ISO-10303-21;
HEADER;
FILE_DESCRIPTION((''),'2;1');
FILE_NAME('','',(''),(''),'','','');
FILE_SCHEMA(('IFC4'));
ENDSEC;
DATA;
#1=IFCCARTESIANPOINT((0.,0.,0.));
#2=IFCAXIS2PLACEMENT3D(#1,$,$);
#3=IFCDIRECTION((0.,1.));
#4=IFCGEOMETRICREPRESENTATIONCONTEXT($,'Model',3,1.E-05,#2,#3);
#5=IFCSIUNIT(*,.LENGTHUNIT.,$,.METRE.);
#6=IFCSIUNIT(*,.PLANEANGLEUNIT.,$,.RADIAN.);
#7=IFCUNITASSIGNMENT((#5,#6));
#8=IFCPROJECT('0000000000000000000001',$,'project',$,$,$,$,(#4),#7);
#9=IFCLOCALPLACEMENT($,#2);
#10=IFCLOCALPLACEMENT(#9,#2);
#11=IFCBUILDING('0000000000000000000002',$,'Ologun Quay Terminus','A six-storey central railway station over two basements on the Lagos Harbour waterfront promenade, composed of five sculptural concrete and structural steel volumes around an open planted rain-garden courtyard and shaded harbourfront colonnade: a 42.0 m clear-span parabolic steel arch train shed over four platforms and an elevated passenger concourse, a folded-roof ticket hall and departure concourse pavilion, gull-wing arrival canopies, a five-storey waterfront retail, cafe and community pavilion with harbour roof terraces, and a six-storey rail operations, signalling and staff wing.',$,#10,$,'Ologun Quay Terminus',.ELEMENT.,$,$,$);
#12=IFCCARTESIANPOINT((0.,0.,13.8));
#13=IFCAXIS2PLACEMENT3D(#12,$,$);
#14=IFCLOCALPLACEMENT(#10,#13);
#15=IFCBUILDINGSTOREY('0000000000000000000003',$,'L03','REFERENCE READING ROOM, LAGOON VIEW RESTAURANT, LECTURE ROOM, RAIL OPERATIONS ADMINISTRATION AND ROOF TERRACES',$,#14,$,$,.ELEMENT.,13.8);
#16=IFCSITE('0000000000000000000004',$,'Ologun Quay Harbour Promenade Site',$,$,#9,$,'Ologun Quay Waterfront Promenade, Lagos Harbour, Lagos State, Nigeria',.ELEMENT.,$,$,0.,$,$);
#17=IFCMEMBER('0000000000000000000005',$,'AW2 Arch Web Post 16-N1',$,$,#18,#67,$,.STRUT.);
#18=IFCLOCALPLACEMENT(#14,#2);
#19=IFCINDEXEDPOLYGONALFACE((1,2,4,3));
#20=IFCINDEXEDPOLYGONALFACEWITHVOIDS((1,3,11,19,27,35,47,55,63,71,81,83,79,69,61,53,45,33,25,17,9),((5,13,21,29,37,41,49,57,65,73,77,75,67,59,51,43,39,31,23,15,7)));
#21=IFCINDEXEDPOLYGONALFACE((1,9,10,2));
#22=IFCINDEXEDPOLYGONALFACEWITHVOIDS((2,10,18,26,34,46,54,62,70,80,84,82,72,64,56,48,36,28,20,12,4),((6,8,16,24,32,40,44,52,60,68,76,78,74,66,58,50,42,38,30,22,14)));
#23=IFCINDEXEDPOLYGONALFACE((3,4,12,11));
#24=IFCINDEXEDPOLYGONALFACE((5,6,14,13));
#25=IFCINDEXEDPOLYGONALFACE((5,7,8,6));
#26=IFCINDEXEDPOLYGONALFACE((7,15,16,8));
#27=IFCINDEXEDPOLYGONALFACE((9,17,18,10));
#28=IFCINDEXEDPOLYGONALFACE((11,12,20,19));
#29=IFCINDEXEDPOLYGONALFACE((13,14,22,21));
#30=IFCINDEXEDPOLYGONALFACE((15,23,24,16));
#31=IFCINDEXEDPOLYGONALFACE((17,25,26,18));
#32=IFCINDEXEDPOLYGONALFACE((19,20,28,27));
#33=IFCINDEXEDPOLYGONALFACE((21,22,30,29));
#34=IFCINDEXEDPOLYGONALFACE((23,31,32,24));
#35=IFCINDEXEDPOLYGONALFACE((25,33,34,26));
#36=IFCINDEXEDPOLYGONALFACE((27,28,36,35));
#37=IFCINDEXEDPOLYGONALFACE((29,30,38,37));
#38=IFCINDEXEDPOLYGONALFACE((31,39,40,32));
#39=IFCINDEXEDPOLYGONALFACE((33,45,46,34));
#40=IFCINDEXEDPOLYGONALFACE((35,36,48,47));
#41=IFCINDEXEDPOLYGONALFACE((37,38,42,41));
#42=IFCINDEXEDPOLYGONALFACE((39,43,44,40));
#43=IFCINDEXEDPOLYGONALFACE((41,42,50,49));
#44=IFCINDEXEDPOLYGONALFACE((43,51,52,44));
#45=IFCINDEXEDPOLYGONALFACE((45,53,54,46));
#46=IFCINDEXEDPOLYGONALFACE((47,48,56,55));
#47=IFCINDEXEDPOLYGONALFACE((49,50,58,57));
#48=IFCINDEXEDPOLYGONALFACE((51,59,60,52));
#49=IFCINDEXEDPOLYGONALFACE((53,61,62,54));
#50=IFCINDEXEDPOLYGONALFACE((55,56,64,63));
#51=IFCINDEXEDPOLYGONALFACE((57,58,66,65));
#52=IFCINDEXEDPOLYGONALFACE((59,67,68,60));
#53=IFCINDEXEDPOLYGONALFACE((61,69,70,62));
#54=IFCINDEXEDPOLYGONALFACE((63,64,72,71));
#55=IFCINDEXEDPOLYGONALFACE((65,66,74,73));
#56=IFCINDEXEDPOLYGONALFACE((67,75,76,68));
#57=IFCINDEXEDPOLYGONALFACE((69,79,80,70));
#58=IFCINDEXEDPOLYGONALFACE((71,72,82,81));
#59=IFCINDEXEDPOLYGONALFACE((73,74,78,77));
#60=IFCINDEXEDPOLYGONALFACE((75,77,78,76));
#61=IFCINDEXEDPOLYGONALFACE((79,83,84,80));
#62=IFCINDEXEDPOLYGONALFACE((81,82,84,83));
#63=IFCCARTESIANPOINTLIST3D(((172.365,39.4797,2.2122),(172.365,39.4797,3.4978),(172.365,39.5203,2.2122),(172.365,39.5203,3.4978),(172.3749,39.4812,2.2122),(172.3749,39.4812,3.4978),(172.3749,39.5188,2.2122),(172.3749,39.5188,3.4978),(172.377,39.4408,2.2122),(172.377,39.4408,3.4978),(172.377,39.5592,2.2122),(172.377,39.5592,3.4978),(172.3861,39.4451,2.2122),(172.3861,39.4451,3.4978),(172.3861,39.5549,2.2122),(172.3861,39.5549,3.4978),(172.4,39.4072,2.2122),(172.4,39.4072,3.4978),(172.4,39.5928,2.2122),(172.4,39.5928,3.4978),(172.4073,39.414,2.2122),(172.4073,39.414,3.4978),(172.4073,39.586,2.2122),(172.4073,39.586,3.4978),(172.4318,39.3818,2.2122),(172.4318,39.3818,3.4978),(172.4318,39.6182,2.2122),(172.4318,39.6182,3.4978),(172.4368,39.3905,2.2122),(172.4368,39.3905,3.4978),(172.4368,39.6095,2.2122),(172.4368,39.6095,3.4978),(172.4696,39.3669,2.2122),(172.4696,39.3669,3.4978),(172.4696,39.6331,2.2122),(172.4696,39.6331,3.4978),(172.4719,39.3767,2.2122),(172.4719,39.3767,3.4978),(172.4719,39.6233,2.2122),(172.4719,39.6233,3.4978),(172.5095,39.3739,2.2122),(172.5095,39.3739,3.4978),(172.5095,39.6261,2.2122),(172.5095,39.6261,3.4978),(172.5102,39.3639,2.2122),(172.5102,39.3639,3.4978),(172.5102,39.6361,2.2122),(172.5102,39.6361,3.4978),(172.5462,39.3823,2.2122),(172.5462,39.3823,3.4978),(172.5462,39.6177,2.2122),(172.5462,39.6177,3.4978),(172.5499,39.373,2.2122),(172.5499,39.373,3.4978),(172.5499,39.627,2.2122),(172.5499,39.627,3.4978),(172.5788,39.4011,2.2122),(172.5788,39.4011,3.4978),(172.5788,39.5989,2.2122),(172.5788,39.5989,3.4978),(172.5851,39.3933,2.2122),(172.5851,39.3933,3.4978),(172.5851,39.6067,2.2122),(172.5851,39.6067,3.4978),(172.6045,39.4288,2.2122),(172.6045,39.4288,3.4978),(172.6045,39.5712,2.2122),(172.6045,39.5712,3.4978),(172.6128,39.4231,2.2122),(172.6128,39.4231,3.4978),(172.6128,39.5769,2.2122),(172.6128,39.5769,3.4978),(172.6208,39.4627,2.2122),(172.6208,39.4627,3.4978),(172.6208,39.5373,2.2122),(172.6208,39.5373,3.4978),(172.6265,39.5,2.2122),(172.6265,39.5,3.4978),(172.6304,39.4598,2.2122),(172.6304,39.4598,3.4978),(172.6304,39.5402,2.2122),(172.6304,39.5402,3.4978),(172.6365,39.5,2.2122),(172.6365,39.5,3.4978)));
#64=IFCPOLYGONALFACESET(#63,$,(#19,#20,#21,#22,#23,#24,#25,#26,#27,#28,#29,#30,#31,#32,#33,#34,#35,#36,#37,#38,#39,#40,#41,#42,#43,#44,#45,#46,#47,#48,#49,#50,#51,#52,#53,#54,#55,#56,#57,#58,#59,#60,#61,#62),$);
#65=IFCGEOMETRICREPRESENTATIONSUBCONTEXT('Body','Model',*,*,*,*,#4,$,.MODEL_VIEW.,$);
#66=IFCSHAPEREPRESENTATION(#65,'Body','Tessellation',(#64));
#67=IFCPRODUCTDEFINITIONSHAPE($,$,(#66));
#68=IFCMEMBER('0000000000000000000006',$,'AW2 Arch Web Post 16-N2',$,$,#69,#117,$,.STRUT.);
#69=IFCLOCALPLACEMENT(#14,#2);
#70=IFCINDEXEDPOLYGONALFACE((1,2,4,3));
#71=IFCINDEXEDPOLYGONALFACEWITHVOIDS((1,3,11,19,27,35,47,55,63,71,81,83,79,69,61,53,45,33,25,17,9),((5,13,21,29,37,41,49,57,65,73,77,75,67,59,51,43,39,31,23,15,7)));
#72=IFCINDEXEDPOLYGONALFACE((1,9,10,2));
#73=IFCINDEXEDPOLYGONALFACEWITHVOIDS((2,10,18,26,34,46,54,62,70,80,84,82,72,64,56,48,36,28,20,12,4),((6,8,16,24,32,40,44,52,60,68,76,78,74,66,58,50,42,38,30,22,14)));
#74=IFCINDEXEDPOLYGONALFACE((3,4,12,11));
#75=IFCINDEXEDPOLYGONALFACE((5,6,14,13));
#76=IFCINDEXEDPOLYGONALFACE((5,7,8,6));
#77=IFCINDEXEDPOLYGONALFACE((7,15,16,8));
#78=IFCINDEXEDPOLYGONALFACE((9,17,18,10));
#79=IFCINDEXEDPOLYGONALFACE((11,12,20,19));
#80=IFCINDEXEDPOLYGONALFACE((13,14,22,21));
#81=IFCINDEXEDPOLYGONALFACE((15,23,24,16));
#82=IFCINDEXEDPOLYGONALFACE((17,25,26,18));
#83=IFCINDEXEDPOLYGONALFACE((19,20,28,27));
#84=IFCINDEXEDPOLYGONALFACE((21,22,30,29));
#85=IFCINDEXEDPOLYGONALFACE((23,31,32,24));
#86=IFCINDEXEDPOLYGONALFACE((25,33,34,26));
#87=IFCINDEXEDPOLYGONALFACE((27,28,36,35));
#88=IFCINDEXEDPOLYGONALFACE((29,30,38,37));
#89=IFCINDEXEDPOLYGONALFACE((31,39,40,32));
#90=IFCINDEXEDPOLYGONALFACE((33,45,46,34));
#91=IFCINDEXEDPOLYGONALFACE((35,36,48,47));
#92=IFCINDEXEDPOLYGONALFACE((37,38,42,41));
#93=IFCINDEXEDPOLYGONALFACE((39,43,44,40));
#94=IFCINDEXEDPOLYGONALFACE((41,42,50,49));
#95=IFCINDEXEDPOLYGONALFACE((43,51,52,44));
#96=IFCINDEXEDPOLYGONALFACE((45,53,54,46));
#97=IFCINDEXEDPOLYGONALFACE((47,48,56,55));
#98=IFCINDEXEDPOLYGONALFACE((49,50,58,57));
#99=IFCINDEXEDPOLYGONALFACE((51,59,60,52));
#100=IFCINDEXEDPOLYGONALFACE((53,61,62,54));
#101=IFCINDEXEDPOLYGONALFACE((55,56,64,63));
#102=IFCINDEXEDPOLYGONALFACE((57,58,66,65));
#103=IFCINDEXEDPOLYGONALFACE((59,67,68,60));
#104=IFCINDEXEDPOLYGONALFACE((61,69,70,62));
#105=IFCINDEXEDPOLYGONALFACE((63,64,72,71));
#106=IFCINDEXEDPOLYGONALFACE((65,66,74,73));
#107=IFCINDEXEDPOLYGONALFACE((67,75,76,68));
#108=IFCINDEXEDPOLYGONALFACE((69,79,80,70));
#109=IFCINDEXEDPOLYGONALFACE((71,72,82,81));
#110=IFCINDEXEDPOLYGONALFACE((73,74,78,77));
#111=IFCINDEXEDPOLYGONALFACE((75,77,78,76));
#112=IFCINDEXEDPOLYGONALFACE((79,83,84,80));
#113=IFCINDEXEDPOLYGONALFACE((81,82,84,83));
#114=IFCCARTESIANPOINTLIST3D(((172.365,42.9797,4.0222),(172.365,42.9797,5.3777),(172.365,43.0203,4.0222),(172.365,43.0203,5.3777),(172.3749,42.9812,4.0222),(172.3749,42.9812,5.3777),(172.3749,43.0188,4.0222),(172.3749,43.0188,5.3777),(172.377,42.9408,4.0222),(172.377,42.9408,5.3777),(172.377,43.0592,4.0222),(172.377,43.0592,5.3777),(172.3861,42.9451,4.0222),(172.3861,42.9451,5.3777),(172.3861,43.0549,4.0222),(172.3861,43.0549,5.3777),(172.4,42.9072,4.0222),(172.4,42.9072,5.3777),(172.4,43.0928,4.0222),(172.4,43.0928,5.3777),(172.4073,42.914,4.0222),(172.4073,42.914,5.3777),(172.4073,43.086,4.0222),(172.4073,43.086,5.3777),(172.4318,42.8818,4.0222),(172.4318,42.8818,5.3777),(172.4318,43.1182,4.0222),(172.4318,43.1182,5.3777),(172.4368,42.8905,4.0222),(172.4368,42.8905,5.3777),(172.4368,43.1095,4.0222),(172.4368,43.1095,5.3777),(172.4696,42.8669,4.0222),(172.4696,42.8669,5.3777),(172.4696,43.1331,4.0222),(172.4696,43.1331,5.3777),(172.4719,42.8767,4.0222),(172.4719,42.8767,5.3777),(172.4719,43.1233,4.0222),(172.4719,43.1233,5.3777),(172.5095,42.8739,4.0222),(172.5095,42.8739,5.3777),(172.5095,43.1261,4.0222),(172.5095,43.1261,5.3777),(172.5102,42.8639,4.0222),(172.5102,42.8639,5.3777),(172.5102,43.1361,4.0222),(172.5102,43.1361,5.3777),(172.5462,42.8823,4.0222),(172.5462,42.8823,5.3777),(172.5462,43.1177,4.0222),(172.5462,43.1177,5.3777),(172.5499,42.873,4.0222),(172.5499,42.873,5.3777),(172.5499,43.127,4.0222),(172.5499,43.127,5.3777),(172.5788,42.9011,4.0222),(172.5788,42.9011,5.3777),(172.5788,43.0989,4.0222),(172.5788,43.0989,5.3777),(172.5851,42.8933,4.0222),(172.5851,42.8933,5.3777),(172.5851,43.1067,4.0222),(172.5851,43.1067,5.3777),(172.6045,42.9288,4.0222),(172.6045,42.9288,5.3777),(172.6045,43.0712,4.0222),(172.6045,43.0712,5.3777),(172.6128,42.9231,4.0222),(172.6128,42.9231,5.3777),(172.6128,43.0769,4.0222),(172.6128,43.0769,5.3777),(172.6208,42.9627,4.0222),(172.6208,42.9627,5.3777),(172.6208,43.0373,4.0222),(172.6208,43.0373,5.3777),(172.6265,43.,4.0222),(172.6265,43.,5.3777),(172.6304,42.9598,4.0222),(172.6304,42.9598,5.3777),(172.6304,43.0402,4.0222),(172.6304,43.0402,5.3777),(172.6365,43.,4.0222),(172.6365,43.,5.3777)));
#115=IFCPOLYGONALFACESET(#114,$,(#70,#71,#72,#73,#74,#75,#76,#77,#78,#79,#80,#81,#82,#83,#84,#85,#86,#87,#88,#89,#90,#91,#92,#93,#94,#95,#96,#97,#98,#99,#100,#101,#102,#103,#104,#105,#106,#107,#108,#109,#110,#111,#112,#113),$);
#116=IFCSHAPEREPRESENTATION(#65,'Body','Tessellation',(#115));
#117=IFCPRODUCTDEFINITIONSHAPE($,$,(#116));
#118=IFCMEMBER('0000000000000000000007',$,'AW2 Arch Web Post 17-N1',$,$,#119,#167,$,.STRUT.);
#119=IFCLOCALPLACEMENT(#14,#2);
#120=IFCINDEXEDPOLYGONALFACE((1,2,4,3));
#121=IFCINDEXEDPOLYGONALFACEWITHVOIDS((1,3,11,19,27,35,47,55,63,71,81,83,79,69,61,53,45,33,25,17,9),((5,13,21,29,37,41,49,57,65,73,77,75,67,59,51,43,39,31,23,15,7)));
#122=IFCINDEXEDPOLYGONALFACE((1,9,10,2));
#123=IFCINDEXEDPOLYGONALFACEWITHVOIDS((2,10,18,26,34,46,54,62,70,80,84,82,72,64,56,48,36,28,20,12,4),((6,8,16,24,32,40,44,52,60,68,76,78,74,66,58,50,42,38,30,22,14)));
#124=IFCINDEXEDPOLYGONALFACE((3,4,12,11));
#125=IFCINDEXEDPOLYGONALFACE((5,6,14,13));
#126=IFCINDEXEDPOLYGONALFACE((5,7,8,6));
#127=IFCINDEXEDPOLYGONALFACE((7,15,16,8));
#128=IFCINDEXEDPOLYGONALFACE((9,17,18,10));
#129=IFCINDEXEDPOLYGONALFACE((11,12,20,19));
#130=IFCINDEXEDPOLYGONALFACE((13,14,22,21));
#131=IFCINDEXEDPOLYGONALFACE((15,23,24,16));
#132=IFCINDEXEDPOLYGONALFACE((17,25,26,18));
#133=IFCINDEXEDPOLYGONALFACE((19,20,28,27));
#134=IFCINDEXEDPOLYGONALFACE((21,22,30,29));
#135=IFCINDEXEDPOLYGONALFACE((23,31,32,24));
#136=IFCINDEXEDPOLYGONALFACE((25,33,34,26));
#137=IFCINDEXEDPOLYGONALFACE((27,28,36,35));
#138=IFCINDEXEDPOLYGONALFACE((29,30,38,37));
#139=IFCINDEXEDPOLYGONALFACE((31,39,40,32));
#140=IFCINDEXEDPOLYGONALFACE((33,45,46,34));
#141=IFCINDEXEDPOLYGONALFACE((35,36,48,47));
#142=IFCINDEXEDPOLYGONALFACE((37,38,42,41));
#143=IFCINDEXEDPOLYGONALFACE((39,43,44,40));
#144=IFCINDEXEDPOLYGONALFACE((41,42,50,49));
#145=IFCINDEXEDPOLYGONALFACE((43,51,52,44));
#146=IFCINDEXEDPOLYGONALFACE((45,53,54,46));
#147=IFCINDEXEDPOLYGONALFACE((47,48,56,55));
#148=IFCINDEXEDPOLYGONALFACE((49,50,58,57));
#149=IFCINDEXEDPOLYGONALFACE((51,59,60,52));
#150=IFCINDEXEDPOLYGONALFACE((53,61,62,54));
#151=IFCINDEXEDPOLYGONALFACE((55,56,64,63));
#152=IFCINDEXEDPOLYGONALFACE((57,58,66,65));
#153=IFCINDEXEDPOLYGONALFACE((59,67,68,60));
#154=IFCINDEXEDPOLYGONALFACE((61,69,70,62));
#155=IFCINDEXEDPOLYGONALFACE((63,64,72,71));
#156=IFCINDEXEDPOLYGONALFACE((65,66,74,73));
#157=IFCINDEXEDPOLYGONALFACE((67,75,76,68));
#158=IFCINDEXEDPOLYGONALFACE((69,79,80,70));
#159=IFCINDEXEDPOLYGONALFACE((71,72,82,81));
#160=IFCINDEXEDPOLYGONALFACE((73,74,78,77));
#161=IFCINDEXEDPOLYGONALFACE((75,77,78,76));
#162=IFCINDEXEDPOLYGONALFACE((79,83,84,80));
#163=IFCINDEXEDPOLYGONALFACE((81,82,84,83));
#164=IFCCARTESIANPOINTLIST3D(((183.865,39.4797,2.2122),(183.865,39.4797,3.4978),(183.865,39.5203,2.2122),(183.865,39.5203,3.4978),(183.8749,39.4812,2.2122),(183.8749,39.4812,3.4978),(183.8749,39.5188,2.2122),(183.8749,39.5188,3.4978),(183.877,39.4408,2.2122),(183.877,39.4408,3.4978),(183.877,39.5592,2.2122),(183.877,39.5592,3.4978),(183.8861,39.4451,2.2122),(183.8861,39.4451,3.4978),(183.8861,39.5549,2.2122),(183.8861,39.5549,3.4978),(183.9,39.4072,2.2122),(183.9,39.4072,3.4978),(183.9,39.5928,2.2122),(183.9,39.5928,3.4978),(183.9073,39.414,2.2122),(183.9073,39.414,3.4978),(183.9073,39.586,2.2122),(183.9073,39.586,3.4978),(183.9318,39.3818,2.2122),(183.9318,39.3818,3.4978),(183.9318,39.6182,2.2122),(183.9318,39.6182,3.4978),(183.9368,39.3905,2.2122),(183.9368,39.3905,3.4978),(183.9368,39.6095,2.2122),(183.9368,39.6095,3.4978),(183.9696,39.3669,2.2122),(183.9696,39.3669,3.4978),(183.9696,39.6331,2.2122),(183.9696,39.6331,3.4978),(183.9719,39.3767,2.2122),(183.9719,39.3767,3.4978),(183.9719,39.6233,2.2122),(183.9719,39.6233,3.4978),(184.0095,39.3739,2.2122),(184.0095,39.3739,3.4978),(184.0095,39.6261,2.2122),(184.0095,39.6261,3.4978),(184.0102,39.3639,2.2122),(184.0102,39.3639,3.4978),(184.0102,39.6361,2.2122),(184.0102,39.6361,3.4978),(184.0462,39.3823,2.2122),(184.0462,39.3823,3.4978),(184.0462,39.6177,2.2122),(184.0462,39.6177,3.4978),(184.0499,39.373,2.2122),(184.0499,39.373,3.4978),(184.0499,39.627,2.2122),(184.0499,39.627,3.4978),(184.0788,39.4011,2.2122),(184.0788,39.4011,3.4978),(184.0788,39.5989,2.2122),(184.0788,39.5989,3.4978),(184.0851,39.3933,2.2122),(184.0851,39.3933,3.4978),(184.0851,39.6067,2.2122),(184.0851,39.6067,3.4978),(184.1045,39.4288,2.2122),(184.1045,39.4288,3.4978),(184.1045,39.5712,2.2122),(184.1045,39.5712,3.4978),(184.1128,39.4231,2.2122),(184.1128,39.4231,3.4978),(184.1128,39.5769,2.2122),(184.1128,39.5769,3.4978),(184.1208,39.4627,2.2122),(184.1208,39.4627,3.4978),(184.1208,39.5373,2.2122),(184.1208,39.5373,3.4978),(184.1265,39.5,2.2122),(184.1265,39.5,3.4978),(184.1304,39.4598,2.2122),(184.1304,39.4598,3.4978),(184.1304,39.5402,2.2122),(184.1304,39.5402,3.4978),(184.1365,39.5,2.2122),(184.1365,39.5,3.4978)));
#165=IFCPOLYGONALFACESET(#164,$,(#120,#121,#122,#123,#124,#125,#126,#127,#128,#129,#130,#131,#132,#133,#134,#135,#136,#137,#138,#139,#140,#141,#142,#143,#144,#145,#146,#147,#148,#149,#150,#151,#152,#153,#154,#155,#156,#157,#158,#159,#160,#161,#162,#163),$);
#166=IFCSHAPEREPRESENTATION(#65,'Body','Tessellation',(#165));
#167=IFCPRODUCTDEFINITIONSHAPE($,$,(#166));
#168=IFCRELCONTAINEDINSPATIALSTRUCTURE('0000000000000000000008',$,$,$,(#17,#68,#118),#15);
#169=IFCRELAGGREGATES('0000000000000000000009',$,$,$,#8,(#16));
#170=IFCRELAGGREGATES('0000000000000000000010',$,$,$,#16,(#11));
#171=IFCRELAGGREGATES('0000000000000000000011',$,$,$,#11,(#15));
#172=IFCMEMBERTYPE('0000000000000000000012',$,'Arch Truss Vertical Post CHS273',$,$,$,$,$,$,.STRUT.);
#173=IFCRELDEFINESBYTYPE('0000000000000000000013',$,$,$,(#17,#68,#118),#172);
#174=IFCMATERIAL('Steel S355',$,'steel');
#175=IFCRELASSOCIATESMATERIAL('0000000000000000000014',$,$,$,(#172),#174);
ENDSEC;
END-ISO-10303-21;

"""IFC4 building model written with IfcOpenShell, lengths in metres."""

from ifc_helpers import new_model, si_unit, direction, frame, origin, origin_2d, place, context, subcontext, project, spatial, hollow_circle, extrude, material, material_profile, profile_set, type_object, element, save


model = new_model("IFC4")

# Units and contexts
model_context = context("Model", 3, precision=1e-05, world=origin(), true_north=direction((0.0, 1.0)))
body_context = subcontext(model_context, "Body", "Model", "MODEL_VIEW")
ifc_project = project(units=[si_unit("LENGTHUNIT", "METRE"), si_unit("PLANEANGLEUNIT", "RADIAN")], contexts=[model_context])

# Site, building, storey
site_placement = place(None, origin())
site = spatial("IfcSite", under=ifc_project, at=site_placement, Name="Ologun Quay Harbour Promenade Site", LongName="Ologun Quay Waterfront Promenade, Lagos Harbour, Lagos State, Nigeria", CompositionType="ELEMENT", RefElevation=0.0)
building_placement = place(site_placement, origin())
building = spatial("IfcBuilding", under=site, at=building_placement, Name="Ologun Quay Terminus", Description="A six-storey central railway station over two basements on the Lagos Harbour waterfront promenade, composed of five sculptural concrete and structural steel volumes around an open planted rain-garden courtyard and shaded harbourfront colonnade: a 42.0 m clear-span parabolic steel arch train shed over four platforms and an elevated passenger concourse, a folded-roof ticket hall and departure concourse pavilion, gull-wing arrival canopies, a five-storey waterfront retail, cafe and community pavilion with harbour roof terraces, and a six-storey rail operations, signalling and staff wing.", LongName="Ologun Quay Terminus", CompositionType="ELEMENT")
storey_placement = place(building_placement, frame((0.0, 0.0, 13.8)))
storey = spatial("IfcBuildingStorey", under=building, at=storey_placement, Name="L03", Description="REFERENCE READING ROOM, LAGOON VIEW RESTAURANT, LECTURE ROOM, RAIL OPERATIONS ADMINISTRATION AND ROOF TERRACES", CompositionType="ELEMENT", Elevation=13.8)

# Members
ifc_material_1 = material(Name="Steel S355", Category="steel")
ifc_material_profile_1 = material_profile(ifc_material_1, hollow_circle(Radius=0.1365, WallThickness=0.01, at=origin_2d()), Name="CHS 273x10")
ifc_profile_set_1 = profile_set([ifc_material_profile_1], Name="Steel S355")
member_type_1 = type_object("IfcMemberType", Name="Arch Truss Vertical Post CHS273", PredefinedType="STRUT", material=ifc_profile_set_1)
member_1_placement = place(storey_placement, frame((172.5, 39.5, 2.2122), z_axis=(0.0, 0.0, 1.0), x_axis=(1.0, 0.0, 0.0)))
element("IfcMember", 1, at=member_1_placement, inside=storey, type_object=member_type_1, Name="AW2 Arch Web Post 16-N1", PredefinedType="STRUT", context=body_context, shape_type="SweptSolid", body=[
    extrude(hollow_circle(Radius=0.1365, WallThickness=0.01, at=origin_2d()), origin(), (0.0, 0.0, 1.0), 1.2856),
])
member_2_placement = place(storey_placement, frame((172.5, 43.0, 4.0222), z_axis=(0.0, 0.0, 1.0), x_axis=(1.0, 0.0, 0.0)))
element("IfcMember", 2, at=member_2_placement, inside=storey, type_object=member_type_1, Name="AW2 Arch Web Post 16-N2", PredefinedType="STRUT", context=body_context, shape_type="SweptSolid", body=[
    extrude(hollow_circle(Radius=0.1365, WallThickness=0.01, at=origin_2d()), origin(), (0.0, 0.0, 1.0), 1.3555),
])
member_3_placement = place(storey_placement, frame((184.0, 39.5, 2.2122), z_axis=(0.0, 0.0, 1.0), x_axis=(1.0, 0.0, 0.0)))
element("IfcMember", 3, at=member_3_placement, inside=storey, type_object=member_type_1, Name="AW2 Arch Web Post 17-N1", PredefinedType="STRUT", context=body_context, shape_type="SweptSolid", body=[
    extrude(hollow_circle(Radius=0.1365, WallThickness=0.01, at=origin_2d()), origin(), (0.0, 0.0, 1.0), 1.2856),
])

save(model, "model.ifc")
